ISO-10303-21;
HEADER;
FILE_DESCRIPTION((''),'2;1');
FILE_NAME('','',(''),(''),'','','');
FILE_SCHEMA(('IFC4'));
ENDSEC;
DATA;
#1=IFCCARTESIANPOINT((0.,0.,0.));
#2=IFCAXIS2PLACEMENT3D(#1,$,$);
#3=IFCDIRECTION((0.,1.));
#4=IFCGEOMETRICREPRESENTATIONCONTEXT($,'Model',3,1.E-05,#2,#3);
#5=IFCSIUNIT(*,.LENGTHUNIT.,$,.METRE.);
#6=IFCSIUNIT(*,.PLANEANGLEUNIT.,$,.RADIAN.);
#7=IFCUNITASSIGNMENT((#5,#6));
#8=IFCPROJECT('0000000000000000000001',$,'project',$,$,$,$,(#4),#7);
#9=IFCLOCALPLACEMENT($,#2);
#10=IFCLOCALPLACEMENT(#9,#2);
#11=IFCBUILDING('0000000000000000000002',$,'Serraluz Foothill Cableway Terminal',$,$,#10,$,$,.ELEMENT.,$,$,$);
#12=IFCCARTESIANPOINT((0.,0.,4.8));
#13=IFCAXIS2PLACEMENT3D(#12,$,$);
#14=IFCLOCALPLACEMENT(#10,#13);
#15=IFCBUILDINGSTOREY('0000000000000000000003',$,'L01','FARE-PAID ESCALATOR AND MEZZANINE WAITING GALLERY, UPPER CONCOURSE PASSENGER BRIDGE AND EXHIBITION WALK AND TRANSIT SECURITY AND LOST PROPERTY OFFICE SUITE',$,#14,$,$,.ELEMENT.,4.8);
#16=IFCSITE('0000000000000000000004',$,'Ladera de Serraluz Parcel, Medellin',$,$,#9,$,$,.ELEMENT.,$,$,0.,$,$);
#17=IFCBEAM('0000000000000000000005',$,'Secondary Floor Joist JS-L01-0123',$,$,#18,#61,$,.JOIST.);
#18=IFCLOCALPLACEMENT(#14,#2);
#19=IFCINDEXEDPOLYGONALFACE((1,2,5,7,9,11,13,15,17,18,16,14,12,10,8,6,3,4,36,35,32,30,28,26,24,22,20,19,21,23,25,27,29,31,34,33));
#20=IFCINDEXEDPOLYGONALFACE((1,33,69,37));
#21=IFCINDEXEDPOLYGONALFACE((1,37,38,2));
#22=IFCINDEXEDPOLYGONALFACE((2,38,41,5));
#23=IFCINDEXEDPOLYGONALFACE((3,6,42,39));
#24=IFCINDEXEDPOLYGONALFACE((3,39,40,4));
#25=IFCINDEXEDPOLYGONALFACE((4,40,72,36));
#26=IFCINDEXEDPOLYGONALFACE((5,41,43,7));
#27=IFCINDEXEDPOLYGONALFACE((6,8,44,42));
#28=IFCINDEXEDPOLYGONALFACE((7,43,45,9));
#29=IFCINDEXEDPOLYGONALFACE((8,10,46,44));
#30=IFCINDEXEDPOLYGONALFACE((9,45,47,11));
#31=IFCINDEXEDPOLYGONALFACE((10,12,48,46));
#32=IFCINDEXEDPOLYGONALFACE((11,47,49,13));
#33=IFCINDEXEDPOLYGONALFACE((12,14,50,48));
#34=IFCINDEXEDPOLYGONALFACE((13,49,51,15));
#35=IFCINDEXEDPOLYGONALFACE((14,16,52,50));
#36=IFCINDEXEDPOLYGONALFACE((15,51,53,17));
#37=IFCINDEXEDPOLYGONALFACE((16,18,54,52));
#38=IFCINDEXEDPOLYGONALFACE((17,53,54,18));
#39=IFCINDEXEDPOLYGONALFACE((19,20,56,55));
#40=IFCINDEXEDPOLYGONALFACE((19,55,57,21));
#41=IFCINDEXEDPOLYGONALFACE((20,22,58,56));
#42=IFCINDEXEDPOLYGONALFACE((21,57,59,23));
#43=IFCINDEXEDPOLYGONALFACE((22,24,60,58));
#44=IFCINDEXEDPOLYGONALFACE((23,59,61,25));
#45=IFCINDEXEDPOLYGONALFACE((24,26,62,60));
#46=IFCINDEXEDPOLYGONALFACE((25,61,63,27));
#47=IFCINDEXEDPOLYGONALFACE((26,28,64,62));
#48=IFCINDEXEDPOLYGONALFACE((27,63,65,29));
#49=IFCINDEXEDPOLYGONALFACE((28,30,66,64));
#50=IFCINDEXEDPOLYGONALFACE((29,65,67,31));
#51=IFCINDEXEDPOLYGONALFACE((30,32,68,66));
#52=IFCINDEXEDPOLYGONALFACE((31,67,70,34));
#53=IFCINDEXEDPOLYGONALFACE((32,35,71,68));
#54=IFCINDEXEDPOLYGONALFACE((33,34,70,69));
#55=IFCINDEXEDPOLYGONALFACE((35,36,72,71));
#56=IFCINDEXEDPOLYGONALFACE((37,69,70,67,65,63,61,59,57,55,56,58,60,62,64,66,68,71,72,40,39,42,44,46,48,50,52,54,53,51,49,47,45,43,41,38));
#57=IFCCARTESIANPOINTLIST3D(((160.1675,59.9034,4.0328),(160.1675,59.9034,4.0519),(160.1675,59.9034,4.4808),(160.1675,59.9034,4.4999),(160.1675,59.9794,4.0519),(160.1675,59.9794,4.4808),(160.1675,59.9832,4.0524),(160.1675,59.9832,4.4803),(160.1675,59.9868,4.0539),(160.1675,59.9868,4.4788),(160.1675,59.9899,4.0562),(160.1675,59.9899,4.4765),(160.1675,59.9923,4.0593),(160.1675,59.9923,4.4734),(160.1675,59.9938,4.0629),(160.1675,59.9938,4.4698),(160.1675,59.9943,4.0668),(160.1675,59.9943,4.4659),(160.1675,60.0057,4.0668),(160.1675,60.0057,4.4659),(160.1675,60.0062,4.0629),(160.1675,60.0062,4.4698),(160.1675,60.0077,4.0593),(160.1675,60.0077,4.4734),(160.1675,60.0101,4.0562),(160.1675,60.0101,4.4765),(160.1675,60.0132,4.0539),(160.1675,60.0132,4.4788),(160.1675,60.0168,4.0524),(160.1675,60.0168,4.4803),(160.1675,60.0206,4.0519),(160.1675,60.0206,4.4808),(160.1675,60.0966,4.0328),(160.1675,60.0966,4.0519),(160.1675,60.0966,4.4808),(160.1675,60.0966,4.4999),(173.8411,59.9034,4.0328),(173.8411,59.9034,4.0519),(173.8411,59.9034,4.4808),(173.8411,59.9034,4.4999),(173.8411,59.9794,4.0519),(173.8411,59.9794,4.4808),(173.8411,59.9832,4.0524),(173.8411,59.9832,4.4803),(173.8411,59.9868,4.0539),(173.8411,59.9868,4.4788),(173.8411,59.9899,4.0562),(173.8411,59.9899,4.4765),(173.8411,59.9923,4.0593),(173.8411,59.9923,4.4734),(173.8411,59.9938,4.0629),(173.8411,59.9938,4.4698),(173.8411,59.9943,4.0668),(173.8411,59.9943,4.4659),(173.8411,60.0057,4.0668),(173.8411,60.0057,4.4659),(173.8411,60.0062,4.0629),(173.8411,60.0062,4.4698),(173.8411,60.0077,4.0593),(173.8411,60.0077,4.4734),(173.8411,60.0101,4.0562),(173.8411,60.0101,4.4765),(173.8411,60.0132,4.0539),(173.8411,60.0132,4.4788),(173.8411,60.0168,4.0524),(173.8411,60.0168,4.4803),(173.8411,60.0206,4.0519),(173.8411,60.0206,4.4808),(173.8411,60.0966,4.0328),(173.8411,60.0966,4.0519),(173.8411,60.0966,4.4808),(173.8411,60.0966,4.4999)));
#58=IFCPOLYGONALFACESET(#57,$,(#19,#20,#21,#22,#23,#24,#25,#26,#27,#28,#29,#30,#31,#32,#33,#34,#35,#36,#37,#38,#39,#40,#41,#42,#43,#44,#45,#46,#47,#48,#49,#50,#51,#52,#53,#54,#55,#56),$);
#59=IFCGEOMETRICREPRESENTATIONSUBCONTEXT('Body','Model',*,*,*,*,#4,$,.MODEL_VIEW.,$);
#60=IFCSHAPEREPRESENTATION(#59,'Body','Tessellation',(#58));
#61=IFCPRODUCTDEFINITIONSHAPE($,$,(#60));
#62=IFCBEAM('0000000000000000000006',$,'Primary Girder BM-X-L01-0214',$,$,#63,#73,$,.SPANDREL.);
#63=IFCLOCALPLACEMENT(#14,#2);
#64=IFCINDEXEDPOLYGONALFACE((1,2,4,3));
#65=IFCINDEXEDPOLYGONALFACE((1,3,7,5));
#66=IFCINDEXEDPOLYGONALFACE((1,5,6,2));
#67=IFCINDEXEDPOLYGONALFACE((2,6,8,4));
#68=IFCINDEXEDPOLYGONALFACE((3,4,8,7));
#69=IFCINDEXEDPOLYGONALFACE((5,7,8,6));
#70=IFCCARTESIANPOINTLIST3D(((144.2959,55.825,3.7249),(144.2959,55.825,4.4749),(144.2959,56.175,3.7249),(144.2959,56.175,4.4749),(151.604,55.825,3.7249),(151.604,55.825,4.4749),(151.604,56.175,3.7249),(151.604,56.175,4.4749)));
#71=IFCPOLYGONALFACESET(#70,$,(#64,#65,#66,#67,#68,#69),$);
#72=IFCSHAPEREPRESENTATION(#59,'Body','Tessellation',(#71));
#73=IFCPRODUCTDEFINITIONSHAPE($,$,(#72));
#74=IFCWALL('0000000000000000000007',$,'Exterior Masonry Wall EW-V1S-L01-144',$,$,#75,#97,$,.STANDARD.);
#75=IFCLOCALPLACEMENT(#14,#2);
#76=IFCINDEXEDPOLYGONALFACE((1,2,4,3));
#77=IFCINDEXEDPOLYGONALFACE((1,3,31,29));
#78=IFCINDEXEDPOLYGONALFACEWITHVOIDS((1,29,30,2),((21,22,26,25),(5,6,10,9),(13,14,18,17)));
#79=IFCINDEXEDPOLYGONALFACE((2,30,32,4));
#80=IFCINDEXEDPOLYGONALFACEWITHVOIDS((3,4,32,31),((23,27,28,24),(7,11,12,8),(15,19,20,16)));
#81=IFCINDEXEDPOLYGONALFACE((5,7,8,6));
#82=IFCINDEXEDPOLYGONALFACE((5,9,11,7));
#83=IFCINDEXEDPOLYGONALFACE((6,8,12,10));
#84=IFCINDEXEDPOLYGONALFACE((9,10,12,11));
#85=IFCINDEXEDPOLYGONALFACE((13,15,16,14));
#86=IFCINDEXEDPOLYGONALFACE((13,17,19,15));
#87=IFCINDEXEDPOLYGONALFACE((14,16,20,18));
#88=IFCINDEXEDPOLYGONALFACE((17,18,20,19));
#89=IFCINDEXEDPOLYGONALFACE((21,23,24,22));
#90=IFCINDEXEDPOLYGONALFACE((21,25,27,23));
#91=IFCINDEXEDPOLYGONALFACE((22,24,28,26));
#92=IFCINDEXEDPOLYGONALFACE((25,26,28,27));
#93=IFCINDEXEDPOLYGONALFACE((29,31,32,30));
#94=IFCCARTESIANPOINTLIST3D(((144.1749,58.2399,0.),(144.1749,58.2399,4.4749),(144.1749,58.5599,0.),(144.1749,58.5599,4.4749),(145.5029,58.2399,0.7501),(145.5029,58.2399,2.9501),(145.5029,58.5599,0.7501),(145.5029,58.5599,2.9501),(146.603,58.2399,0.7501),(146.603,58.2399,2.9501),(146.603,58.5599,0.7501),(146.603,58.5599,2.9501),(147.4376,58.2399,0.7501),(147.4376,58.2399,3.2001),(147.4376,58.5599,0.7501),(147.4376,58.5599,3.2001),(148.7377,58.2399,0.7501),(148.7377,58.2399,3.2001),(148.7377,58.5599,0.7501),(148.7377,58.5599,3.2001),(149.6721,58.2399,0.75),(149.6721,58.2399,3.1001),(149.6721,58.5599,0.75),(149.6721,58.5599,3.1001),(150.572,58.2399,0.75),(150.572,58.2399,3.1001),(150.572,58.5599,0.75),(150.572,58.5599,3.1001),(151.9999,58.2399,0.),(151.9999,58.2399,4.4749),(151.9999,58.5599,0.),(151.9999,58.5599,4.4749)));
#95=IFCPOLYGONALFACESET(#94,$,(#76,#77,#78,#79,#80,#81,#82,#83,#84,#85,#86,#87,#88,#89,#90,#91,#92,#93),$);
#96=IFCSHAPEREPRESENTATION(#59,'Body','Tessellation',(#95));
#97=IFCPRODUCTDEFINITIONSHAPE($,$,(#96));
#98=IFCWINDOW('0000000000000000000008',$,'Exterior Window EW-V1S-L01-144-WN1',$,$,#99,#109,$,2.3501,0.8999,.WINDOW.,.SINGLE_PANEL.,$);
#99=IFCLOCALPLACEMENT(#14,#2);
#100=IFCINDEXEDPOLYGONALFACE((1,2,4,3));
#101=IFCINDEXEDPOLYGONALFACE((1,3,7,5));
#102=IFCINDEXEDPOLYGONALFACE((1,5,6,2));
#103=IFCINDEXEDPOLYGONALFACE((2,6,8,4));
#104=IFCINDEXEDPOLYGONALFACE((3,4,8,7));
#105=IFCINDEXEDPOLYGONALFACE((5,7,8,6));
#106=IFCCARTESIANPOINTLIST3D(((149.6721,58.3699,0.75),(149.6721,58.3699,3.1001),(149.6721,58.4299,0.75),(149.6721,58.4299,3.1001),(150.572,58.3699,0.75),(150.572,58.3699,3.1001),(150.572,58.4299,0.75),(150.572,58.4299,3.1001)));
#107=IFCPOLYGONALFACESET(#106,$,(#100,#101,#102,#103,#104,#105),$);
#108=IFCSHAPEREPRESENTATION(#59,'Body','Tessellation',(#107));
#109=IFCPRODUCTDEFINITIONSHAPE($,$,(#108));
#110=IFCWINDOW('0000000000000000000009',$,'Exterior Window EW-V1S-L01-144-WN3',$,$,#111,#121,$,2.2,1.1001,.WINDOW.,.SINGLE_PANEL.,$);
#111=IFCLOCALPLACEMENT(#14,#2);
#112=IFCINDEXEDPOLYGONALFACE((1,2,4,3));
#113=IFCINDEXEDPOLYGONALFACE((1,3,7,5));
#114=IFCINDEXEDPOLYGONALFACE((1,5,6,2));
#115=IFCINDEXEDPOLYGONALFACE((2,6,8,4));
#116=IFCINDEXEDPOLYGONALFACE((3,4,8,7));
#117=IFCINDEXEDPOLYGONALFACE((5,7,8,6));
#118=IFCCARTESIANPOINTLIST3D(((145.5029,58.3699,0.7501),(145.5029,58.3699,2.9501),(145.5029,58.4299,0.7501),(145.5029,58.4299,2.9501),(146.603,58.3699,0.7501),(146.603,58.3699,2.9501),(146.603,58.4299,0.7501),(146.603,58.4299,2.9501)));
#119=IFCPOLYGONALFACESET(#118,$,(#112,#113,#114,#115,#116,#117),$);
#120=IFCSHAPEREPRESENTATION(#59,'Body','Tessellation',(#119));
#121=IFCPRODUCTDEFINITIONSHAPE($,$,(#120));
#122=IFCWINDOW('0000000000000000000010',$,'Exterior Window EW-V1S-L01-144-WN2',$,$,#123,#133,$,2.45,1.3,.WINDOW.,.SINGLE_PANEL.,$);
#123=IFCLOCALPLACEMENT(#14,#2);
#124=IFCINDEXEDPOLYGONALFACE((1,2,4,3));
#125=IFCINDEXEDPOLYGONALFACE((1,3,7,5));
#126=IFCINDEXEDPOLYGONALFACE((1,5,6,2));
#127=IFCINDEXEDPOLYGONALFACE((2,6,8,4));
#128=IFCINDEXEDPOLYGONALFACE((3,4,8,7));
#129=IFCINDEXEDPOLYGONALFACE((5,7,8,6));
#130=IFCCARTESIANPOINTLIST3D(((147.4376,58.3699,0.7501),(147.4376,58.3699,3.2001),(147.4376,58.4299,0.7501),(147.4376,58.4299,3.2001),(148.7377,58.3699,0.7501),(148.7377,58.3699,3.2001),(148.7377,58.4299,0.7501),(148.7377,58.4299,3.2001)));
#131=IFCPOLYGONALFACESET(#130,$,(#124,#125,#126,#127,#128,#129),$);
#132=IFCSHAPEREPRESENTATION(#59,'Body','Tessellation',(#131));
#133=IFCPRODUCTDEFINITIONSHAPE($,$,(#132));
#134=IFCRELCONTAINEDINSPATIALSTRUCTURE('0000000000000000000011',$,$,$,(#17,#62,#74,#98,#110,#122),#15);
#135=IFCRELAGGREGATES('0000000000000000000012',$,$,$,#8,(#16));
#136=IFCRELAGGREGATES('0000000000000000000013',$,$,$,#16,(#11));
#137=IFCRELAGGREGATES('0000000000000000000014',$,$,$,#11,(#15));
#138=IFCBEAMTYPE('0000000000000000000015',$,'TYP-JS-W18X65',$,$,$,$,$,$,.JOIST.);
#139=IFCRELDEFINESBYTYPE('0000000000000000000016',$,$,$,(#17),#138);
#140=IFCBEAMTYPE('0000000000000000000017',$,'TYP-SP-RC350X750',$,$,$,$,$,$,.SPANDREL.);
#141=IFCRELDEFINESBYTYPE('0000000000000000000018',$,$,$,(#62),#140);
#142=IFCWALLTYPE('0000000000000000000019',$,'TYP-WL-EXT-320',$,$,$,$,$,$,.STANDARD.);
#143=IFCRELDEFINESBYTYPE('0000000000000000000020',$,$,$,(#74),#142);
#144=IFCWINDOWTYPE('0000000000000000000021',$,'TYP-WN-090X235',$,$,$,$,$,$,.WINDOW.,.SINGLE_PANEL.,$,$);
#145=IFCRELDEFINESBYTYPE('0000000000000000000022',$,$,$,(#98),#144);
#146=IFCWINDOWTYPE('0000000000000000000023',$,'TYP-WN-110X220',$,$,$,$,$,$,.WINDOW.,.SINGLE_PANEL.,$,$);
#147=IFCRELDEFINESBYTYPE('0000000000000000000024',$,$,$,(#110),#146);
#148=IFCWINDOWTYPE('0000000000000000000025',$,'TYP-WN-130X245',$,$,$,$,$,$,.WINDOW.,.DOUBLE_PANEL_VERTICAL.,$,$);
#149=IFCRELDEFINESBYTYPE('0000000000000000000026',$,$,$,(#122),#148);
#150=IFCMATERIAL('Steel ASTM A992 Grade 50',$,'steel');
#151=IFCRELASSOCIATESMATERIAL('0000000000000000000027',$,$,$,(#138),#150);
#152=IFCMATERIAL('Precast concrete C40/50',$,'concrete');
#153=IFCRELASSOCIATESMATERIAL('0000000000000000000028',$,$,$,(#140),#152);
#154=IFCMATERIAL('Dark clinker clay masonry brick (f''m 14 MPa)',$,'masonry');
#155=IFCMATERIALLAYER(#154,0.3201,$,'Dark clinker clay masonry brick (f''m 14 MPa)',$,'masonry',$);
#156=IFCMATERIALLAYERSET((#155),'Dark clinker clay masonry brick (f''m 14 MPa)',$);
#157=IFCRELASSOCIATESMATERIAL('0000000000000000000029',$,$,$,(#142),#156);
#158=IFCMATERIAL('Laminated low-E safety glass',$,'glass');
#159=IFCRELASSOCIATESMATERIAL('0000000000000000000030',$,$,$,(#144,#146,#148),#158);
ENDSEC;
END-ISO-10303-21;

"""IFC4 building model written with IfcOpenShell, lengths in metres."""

from ifc_helpers import new_model, si_unit, direction, frame, frame_2d, origin, origin_2d, place, context, subcontext, project, spatial, rectangle, i_section, extrude, material, layer, layer_set, material_profile, profile_set, type_object, element, fill, save


model = new_model("IFC4")

# Units and contexts
model_context = context("Model", 3, precision=1e-05, world=origin(), true_north=direction((0.0, 1.0)))
body_context = subcontext(model_context, "Body", "Model", "MODEL_VIEW")
ifc_project = project(units=[si_unit("LENGTHUNIT", "METRE"), si_unit("PLANEANGLEUNIT", "RADIAN")], contexts=[model_context])

# Site, building, storey
site_placement = place(None, origin())
site = spatial("IfcSite", under=ifc_project, at=site_placement, Name="Ladera de Serraluz Parcel, Medellin", CompositionType="ELEMENT", RefElevation=0.0)
building_placement = place(site_placement, origin())
building = spatial("IfcBuilding", under=site, at=building_placement, Name="Serraluz Foothill Cableway Terminal", CompositionType="ELEMENT")
storey_placement = place(building_placement, frame((0.0, 0.0, 4.8)))
storey = spatial("IfcBuildingStorey", under=building, at=storey_placement, Name="L01", Description="FARE-PAID ESCALATOR AND MEZZANINE WAITING GALLERY, UPPER CONCOURSE PASSENGER BRIDGE AND EXHIBITION WALK AND TRANSIT SECURITY AND LOST PROPERTY OFFICE SUITE", CompositionType="ELEMENT", Elevation=4.8)

# Beams
ifc_material_1 = material(Name="Steel ASTM A992 Grade 50", Category="steel")
ifc_material_profile_1 = material_profile(ifc_material_1, i_section(OverallWidth=0.1931, OverallDepth=0.467, WebThickness=0.0115, FlangeThickness=0.019, FilletRadius=0.0149, at=origin_2d()), Name="W18X65")
ifc_profile_set_1 = profile_set([ifc_material_profile_1], Name="Steel ASTM A992 Grade 50")
beam_type_1 = type_object("IfcBeamType", Name="TYP-JS-W18X65", PredefinedType="JOIST", material=ifc_profile_set_1)
beam_1_placement = place(storey_placement, frame((160.1675, 60.0, 4.2664), z_axis=(1.0, 0.0, 0.0), x_axis=(0.0, 1.0, 0.0)))
element("IfcBeam", 1, at=beam_1_placement, inside=storey, type_object=beam_type_1, Name="Secondary Floor Joist JS-L01-0123", PredefinedType="JOIST", context=body_context, shape_type="SweptSolid", body=[
    extrude(i_section(OverallWidth=0.1931, OverallDepth=0.467, WebThickness=0.0115, FlangeThickness=0.019, FilletRadius=0.0149, at=origin_2d()), origin(), (0.0, 0.0, 1.0), 13.6736),
])
ifc_material_2 = material(Name="Precast concrete C40/50", Category="concrete")
ifc_material_profile_2 = material_profile(ifc_material_2, rectangle(XDim=0.3501, YDim=0.75, at=origin_2d()), Name="RC SP 350x750")
ifc_profile_set_2 = profile_set([ifc_material_profile_2], Name="Precast concrete C40/50")
beam_type_2 = type_object("IfcBeamType", Name="TYP-SP-RC350X750", PredefinedType="SPANDREL", material=ifc_profile_set_2)
beam_2_placement = place(storey_placement, frame((144.2959, 56.0, 4.0999), z_axis=(1.0, 0.0, 0.0), x_axis=(0.0, 1.0, 0.0)))
element("IfcBeam", 2, at=beam_2_placement, inside=storey, type_object=beam_type_2, Name="Primary Girder BM-X-L01-0214", PredefinedType="SPANDREL", context=body_context, shape_type="SweptSolid", body=[
    extrude(rectangle(XDim=0.3501, YDim=0.75, at=origin_2d()), origin(), (0.0, 0.0, 1.0), 7.3081),
])

# Wall, openings, windows
ifc_material_3 = material(Name="Dark clinker clay masonry brick (f'm 14 MPa)", Category="masonry")
ifc_layer = layer(ifc_material_3, 0.3201, Name="Dark clinker clay masonry brick (f'm 14 MPa)", Category="masonry")
ifc_layer_set = layer_set([ifc_layer], Name="Dark clinker clay masonry brick (f'm 14 MPa)")
wall_type = type_object("IfcWallType", Name="TYP-WL-EXT-320", PredefinedType="STANDARD", material=ifc_layer_set)
wall_1_placement = place(storey_placement, frame((152.0, 58.3999, 0.0), z_axis=(0.0, 0.0, 1.0), x_axis=(-1.0, 0.0, 0.0)))
wall_1 = element("IfcWall", 3, at=wall_1_placement, inside=storey, type_object=wall_type, Name="Exterior Masonry Wall EW-V1S-L01-144", PredefinedType="STANDARD", context=body_context, shape_type="SweptSolid", body=[
    extrude(rectangle(XDim=7.825, YDim=0.3201, at=frame_2d((3.9126, 0.0))), origin(), (0.0, 0.0, 1.0), 4.4749),
])
opening_1_placement = place(wall_1_placement, frame((1.428, 0.0, 0.75)))
opening_1 = element("IfcOpeningElement", 4, at=opening_1_placement, cuts=wall_1, PredefinedType="OPENING", context=body_context, shape_type="SweptSolid", body=[
    extrude(rectangle(XDim=0.8999, YDim=2.3501, at=frame_2d((0.45, 1.175))), frame((0.0, 0.1699, 0.0), z_axis=(0.0, -1.0, 0.0), x_axis=(1.0, 0.0, 0.0)), (0.0, 0.0, 1.0), 0.3401),
])
opening_2_placement = place(wall_1_placement, frame((3.2625, 0.0, 0.75)))
opening_2 = element("IfcOpeningElement", 5, at=opening_2_placement, cuts=wall_1, PredefinedType="OPENING", context=body_context, shape_type="SweptSolid", body=[
    extrude(rectangle(XDim=1.3, YDim=2.45, at=frame_2d((0.6499, 1.2251))), frame((0.0, 0.1699, 0.0), z_axis=(0.0, -1.0, 0.0), x_axis=(1.0, 0.0, 0.0)), (0.0, 0.0, 1.0), 0.3401),
])
opening_3_placement = place(wall_1_placement, frame((5.397, 0.0, 0.75)))
opening_3 = element("IfcOpeningElement", 6, at=opening_3_placement, cuts=wall_1, PredefinedType="OPENING", context=body_context, shape_type="SweptSolid", body=[
    extrude(rectangle(XDim=1.1001, YDim=2.2, at=frame_2d((0.55, 1.1001))), frame((0.0, 0.1699, 0.0), z_axis=(0.0, -1.0, 0.0), x_axis=(1.0, 0.0, 0.0)), (0.0, 0.0, 1.0), 0.3401),
])
ifc_material_4 = material(Name="Laminated low-E safety glass", Category="glass")
window_type_1 = type_object("IfcWindowType", Name="TYP-WN-090X235", PartitioningType="SINGLE_PANEL", PredefinedType="WINDOW", material=ifc_material_4)
window_1_placement = place(opening_1_placement, origin())
window_1 = element("IfcWindow", 7, at=window_1_placement, inside=storey, type_object=window_type_1, Name="Exterior Window EW-V1S-L01-144-WN1", OverallHeight=2.3501, OverallWidth=0.8999, PartitioningType="SINGLE_PANEL", PredefinedType="WINDOW", context=body_context, shape_type="SweptSolid", body=[
    extrude(rectangle(XDim=0.8999, YDim=2.3501, at=frame_2d((0.45, 1.175))), frame((0.0, 0.03, 0.0), z_axis=(0.0, -1.0, 0.0), x_axis=(1.0, 0.0, 0.0)), (0.0, 0.0, 1.0), 0.0601),
])
fill(opening_1, window_1)
window_type_2 = type_object("IfcWindowType", Name="TYP-WN-110X220", PartitioningType="SINGLE_PANEL", PredefinedType="WINDOW", material=ifc_material_4)
window_2_placement = place(opening_3_placement, origin())
window_2 = element("IfcWindow", 8, at=window_2_placement, inside=storey, type_object=window_type_2, Name="Exterior Window EW-V1S-L01-144-WN3", OverallHeight=2.2, OverallWidth=1.1001, PartitioningType="SINGLE_PANEL", PredefinedType="WINDOW", context=body_context, shape_type="SweptSolid", body=[
    extrude(rectangle(XDim=1.1001, YDim=2.2, at=frame_2d((0.55, 1.1001))), frame((0.0, 0.03, 0.0), z_axis=(0.0, -1.0, 0.0), x_axis=(1.0, 0.0, 0.0)), (0.0, 0.0, 1.0), 0.0601),
])
fill(opening_3, window_2)
window_type_3 = type_object("IfcWindowType", Name="TYP-WN-130X245", PartitioningType="DOUBLE_PANEL_VERTICAL", PredefinedType="WINDOW", material=ifc_material_4)
window_3_placement = place(opening_2_placement, origin())
window_3 = element("IfcWindow", 9, at=window_3_placement, inside=storey, type_object=window_type_3, Name="Exterior Window EW-V1S-L01-144-WN2", OverallHeight=2.45, OverallWidth=1.3, PartitioningType="SINGLE_PANEL", PredefinedType="WINDOW", context=body_context, shape_type="SweptSolid", body=[
    extrude(rectangle(XDim=1.3, YDim=2.45, at=frame_2d((0.6499, 1.2251))), frame((0.0, 0.03, 0.0), z_axis=(0.0, -1.0, 0.0), x_axis=(1.0, 0.0, 0.0)), (0.0, 0.0, 1.0), 0.0601),
])
fill(opening_2, window_3)

save(model, "model.ifc")
